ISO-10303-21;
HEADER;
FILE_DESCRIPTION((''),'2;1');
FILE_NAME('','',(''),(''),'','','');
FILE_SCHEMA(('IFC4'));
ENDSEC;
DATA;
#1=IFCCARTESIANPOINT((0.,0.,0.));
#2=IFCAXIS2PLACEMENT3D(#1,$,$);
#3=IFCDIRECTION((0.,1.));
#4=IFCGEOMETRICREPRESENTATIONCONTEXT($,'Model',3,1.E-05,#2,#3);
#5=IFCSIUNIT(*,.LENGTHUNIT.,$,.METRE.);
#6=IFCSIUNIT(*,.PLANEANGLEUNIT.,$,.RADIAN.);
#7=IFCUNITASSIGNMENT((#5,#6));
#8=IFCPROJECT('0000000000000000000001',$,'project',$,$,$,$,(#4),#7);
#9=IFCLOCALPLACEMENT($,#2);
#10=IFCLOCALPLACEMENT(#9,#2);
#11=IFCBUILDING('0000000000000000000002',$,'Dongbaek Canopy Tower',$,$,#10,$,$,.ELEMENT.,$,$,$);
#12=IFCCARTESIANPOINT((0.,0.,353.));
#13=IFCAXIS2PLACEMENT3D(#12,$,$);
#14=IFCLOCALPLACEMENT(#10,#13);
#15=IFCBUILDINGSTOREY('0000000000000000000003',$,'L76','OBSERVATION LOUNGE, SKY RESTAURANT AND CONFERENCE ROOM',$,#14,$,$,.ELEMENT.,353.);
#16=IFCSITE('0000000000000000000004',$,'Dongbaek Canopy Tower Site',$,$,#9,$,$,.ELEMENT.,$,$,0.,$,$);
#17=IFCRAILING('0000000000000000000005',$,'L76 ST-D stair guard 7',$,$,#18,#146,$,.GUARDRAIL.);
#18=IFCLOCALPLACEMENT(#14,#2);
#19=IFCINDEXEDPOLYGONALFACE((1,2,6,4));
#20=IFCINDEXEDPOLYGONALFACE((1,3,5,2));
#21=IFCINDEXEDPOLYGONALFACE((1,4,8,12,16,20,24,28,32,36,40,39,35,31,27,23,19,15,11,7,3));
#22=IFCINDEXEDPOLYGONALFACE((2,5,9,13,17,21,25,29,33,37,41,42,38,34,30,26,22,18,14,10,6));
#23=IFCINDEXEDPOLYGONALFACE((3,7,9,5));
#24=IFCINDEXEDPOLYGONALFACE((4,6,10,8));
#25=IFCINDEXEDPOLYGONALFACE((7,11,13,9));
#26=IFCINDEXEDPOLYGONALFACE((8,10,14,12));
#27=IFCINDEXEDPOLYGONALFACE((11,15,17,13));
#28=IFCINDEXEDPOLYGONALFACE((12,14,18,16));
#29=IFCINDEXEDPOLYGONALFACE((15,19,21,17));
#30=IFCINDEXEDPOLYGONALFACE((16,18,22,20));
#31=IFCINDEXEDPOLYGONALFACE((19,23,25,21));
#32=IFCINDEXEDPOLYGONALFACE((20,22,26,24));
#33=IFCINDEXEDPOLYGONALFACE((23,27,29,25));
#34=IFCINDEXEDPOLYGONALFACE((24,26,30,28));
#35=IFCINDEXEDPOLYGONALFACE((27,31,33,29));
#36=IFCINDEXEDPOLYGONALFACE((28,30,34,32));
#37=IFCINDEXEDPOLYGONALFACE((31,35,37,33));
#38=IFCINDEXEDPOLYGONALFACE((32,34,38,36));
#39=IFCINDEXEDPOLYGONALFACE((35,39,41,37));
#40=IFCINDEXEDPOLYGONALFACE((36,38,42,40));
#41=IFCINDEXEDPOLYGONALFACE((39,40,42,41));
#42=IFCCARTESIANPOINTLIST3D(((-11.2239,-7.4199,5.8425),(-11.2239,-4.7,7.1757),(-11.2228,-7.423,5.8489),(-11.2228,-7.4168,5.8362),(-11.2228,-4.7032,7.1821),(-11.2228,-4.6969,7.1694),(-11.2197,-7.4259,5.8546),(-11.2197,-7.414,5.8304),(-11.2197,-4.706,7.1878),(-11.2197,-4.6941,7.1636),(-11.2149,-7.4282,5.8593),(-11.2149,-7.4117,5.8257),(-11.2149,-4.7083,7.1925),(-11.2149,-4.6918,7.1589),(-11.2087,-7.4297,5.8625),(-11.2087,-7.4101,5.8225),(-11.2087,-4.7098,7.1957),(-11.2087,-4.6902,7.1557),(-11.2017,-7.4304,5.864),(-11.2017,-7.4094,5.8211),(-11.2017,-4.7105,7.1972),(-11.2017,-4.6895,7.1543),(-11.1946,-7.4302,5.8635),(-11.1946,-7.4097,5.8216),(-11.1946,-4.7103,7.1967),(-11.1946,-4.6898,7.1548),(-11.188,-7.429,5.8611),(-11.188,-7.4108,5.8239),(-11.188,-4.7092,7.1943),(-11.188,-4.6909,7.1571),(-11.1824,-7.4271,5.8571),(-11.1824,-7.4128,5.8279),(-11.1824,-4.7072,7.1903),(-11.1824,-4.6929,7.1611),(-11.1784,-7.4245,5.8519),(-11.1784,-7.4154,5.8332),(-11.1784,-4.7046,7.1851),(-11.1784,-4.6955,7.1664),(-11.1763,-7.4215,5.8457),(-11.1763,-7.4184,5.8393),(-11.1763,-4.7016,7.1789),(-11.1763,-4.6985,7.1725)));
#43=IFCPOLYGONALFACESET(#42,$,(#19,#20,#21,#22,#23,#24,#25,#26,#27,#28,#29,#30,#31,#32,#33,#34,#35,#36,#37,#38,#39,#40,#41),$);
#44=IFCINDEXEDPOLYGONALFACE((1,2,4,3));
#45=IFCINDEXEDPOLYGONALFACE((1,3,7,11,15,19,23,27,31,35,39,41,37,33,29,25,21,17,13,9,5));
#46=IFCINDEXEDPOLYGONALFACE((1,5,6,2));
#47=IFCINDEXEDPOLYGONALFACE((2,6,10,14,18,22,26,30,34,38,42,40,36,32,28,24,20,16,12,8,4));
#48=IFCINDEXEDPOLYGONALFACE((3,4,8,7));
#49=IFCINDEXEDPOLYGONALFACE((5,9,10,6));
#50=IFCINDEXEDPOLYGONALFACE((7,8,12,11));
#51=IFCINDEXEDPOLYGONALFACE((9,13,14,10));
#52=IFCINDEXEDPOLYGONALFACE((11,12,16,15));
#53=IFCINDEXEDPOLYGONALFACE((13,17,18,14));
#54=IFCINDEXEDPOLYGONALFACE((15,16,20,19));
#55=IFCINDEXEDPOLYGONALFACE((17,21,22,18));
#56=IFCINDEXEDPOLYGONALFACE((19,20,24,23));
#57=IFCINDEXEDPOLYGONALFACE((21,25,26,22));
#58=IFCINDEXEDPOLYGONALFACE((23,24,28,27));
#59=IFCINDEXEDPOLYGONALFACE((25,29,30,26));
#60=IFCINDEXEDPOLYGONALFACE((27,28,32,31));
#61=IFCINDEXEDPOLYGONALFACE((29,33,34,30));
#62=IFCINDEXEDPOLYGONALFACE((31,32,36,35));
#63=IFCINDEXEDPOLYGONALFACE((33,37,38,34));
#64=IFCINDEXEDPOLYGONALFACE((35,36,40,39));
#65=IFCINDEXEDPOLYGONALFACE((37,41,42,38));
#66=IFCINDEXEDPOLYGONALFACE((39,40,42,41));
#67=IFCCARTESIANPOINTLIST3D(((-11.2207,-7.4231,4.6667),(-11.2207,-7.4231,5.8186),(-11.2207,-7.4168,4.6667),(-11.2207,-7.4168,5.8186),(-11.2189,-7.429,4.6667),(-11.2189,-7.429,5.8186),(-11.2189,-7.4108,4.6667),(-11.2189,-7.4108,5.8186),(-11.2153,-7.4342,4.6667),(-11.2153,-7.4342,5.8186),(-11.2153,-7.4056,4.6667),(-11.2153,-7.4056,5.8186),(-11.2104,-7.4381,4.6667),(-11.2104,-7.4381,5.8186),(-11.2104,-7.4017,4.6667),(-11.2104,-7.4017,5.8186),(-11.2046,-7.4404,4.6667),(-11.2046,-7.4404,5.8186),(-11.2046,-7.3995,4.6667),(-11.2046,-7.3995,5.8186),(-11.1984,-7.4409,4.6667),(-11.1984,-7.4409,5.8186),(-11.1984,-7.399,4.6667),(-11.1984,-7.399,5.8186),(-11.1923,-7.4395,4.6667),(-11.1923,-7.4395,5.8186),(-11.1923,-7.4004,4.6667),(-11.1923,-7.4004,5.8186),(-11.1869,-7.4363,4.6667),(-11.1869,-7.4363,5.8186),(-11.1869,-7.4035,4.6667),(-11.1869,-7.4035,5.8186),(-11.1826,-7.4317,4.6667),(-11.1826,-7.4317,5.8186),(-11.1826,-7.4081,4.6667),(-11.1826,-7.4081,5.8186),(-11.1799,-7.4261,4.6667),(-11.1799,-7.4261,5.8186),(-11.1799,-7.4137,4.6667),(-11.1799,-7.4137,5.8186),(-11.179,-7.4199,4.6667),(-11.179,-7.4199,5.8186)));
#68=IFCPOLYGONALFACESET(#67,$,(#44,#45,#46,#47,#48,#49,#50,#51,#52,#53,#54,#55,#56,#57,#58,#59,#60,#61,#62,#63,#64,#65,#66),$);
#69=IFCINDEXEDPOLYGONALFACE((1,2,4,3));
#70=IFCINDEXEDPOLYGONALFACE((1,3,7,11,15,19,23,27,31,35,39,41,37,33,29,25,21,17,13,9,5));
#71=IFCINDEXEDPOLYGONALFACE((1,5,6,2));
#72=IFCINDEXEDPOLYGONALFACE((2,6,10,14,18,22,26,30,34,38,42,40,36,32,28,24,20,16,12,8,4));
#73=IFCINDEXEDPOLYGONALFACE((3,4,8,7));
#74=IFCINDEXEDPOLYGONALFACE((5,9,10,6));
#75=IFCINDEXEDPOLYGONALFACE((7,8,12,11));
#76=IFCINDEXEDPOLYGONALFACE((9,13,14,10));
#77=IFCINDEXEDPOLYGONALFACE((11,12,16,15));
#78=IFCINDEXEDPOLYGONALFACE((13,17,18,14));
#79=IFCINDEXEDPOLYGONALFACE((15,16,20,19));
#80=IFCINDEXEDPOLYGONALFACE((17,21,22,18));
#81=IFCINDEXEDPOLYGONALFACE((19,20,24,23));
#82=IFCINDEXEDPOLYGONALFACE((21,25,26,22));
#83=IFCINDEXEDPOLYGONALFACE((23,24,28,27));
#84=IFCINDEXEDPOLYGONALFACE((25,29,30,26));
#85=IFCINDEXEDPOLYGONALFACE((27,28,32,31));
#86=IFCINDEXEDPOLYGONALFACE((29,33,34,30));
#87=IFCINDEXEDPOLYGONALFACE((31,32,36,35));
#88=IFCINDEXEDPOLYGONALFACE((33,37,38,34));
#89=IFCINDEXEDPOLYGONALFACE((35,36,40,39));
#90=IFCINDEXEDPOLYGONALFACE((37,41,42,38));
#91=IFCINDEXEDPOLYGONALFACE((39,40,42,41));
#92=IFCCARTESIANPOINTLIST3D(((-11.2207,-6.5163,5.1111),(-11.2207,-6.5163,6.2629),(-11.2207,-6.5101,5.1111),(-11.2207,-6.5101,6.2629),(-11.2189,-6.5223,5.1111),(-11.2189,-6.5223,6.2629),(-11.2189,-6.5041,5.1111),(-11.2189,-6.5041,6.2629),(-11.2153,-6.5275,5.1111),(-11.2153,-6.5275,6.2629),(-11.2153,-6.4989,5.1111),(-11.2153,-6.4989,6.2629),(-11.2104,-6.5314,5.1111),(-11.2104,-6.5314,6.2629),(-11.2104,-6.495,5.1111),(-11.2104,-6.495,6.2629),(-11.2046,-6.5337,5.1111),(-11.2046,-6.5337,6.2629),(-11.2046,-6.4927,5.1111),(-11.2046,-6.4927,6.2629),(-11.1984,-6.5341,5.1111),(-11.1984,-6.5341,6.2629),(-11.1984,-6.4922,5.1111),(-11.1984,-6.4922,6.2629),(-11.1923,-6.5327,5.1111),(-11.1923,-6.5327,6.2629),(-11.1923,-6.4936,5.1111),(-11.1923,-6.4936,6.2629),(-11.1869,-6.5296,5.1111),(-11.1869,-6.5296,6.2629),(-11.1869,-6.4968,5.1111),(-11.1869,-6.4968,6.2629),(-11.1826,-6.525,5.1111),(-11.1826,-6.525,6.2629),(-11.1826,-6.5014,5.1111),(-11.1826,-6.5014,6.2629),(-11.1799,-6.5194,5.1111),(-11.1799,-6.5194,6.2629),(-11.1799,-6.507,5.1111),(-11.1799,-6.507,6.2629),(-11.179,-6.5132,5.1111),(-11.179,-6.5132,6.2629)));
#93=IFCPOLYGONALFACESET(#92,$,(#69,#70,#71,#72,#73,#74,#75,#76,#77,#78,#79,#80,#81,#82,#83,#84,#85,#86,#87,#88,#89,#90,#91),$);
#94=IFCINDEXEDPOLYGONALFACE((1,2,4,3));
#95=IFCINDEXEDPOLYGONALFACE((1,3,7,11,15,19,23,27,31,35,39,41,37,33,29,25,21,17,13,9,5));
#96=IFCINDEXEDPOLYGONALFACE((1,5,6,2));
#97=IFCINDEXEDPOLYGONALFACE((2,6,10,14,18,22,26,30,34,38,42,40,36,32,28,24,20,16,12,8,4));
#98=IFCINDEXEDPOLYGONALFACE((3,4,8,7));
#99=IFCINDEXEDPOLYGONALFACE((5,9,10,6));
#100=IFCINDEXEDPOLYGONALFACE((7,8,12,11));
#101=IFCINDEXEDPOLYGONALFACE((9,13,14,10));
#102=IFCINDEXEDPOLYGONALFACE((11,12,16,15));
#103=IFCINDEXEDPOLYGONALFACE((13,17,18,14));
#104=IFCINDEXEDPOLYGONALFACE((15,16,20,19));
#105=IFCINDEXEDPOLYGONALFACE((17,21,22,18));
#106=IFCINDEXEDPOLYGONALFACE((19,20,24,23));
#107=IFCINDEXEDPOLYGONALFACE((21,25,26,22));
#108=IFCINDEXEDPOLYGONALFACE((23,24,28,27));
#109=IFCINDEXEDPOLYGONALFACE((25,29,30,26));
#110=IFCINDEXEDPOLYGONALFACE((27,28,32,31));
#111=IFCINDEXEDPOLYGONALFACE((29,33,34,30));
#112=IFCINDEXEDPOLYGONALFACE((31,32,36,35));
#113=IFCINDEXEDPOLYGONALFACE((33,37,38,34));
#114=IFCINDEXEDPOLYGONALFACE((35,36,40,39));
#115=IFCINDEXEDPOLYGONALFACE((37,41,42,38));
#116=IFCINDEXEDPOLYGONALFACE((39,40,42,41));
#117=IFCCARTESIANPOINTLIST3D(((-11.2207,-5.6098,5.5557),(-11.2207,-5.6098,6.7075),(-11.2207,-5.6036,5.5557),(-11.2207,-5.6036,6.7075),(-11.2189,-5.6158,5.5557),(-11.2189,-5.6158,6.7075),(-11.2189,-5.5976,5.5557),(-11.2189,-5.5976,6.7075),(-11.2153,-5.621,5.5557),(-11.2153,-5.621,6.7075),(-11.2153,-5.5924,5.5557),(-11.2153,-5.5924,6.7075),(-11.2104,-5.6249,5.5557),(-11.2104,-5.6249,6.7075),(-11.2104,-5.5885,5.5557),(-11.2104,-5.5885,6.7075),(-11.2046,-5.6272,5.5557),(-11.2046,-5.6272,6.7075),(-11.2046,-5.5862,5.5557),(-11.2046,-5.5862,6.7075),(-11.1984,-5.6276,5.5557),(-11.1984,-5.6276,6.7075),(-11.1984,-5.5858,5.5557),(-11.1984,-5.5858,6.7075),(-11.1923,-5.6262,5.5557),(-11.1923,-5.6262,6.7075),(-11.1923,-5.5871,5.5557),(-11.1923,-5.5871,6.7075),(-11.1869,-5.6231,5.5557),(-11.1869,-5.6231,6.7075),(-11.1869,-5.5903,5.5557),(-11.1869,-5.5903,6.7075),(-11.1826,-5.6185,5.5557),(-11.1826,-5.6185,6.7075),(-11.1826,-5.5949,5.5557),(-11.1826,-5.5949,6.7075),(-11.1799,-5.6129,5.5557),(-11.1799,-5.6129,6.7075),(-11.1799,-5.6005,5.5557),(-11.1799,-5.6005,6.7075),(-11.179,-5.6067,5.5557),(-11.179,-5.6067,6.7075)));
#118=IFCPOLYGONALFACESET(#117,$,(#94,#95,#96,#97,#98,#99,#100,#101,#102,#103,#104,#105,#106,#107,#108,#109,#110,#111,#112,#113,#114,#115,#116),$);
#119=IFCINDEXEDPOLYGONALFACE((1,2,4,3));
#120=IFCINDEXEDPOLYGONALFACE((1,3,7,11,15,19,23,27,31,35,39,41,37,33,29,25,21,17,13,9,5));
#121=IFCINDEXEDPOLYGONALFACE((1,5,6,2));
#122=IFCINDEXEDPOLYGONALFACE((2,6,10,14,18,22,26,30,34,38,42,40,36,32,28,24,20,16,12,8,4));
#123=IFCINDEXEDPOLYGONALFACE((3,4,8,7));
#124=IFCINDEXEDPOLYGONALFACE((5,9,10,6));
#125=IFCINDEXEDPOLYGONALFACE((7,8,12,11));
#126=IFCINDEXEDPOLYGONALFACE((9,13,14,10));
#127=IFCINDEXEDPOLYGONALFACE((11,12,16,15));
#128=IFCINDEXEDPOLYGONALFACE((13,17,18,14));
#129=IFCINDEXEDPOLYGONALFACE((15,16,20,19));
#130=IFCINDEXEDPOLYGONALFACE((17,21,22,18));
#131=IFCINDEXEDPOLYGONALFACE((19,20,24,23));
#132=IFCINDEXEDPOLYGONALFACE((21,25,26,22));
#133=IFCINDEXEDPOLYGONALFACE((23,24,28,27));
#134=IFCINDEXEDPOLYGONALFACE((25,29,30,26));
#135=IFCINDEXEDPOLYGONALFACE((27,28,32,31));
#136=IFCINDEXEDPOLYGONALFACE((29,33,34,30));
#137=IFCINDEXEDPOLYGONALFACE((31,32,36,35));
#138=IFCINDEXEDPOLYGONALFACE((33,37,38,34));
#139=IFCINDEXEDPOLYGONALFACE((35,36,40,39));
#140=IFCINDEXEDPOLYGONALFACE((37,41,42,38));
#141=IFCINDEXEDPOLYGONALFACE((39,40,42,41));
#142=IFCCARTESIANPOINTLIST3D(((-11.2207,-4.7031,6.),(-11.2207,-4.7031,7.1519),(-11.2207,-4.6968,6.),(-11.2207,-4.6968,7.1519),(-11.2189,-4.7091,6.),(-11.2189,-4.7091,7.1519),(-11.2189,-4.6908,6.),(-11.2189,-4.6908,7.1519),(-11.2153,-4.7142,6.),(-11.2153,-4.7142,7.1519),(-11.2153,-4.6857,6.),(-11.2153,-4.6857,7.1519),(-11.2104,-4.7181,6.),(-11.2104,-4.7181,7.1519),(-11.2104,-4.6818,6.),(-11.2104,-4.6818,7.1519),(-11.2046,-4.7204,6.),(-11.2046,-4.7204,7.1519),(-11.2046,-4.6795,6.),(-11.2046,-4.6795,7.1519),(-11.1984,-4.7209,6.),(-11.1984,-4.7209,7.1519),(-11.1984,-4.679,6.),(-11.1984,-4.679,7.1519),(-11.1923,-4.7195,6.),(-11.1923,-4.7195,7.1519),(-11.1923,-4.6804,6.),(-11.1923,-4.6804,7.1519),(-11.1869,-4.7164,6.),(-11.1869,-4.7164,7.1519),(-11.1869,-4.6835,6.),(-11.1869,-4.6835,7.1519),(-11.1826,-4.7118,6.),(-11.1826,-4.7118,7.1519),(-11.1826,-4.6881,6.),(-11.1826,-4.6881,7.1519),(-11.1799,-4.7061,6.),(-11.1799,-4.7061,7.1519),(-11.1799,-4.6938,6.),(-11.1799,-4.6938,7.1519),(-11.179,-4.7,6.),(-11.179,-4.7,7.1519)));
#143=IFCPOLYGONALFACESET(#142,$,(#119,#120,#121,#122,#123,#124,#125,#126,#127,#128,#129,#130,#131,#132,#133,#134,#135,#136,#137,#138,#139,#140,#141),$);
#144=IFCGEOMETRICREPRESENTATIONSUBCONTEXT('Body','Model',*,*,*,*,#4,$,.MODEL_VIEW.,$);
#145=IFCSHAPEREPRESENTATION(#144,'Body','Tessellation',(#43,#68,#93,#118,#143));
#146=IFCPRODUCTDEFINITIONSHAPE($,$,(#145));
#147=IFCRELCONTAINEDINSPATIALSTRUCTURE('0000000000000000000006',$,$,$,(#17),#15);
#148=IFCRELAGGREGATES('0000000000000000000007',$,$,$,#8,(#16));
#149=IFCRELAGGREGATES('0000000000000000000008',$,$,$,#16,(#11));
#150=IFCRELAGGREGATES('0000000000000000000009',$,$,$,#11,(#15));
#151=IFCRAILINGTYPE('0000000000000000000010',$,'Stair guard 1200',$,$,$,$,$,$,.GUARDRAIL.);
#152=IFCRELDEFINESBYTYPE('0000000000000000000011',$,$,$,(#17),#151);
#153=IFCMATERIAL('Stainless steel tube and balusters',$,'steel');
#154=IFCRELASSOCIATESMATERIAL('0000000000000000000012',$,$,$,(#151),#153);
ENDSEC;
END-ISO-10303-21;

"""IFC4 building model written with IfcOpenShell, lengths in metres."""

from ifc_helpers import new_model, si_unit, direction, frame, origin, origin_2d, place, context, subcontext, project, spatial, circle, extrude, material, type_object, element, save


model = new_model("IFC4")

# Units and contexts
model_context = context("Model", 3, precision=1e-05, world=origin(), true_north=direction((0.0, 1.0)))
body_context = subcontext(model_context, "Body", "Model", "MODEL_VIEW")
ifc_project = project(units=[si_unit("LENGTHUNIT", "METRE"), si_unit("PLANEANGLEUNIT", "RADIAN")], contexts=[model_context])

# Site, building, storey
site_placement = place(None, origin())
site = spatial("IfcSite", under=ifc_project, at=site_placement, Name="Dongbaek Canopy Tower Site", CompositionType="ELEMENT", RefElevation=0.0)
building_placement = place(site_placement, origin())
building = spatial("IfcBuilding", under=site, at=building_placement, Name="Dongbaek Canopy Tower", CompositionType="ELEMENT")
storey_placement = place(building_placement, frame((0.0, 0.0, 353.0)))
storey = spatial("IfcBuildingStorey", under=building, at=storey_placement, Name="L76", Description="OBSERVATION LOUNGE, SKY RESTAURANT AND CONFERENCE ROOM", CompositionType="ELEMENT", Elevation=353.0)

# Railing
ifc_material_1 = material(Name="Stainless steel tube and balusters", Category="steel")
railing_type_1 = type_object("IfcRailingType", Name="Stair guard 1200", PredefinedType="GUARDRAIL", material=ifc_material_1)
railing_1_placement = place(storey_placement, frame((-11.2, -7.4199, 4.6667)))
element("IfcRailing", 1, at=railing_1_placement, inside=storey, type_object=railing_type_1, Name="L76 ST-D stair guard 7", PredefinedType="GUARDRAIL", context=body_context, shape_type="SweptSolid", body=[
    extrude(circle(Radius=0.0239, at=origin_2d()), frame((0.0, 0.0, 1.1758), z_axis=(0.0, 0.897929, 0.440139), x_axis=(-1.0, 0.0, 0.0)), (0.0, 0.0, 1.0), 3.0291),
    extrude(circle(Radius=0.021, at=origin_2d()), origin(), (0.0, 0.0, 1.0), 1.1519),
    extrude(circle(Radius=0.021, at=origin_2d()), frame((0.0, 0.9067, 0.4443)), (0.0, 0.0, 1.0), 1.1519),
    extrude(circle(Radius=0.021, at=origin_2d()), frame((0.0, 1.8132, 0.8889)), (0.0, 0.0, 1.0), 1.1519),
    extrude(circle(Radius=0.021, at=origin_2d()), frame((0.0, 2.72, 1.3333)), (0.0, 0.0, 1.0), 1.1519),
])

save(model, "model.ifc")
